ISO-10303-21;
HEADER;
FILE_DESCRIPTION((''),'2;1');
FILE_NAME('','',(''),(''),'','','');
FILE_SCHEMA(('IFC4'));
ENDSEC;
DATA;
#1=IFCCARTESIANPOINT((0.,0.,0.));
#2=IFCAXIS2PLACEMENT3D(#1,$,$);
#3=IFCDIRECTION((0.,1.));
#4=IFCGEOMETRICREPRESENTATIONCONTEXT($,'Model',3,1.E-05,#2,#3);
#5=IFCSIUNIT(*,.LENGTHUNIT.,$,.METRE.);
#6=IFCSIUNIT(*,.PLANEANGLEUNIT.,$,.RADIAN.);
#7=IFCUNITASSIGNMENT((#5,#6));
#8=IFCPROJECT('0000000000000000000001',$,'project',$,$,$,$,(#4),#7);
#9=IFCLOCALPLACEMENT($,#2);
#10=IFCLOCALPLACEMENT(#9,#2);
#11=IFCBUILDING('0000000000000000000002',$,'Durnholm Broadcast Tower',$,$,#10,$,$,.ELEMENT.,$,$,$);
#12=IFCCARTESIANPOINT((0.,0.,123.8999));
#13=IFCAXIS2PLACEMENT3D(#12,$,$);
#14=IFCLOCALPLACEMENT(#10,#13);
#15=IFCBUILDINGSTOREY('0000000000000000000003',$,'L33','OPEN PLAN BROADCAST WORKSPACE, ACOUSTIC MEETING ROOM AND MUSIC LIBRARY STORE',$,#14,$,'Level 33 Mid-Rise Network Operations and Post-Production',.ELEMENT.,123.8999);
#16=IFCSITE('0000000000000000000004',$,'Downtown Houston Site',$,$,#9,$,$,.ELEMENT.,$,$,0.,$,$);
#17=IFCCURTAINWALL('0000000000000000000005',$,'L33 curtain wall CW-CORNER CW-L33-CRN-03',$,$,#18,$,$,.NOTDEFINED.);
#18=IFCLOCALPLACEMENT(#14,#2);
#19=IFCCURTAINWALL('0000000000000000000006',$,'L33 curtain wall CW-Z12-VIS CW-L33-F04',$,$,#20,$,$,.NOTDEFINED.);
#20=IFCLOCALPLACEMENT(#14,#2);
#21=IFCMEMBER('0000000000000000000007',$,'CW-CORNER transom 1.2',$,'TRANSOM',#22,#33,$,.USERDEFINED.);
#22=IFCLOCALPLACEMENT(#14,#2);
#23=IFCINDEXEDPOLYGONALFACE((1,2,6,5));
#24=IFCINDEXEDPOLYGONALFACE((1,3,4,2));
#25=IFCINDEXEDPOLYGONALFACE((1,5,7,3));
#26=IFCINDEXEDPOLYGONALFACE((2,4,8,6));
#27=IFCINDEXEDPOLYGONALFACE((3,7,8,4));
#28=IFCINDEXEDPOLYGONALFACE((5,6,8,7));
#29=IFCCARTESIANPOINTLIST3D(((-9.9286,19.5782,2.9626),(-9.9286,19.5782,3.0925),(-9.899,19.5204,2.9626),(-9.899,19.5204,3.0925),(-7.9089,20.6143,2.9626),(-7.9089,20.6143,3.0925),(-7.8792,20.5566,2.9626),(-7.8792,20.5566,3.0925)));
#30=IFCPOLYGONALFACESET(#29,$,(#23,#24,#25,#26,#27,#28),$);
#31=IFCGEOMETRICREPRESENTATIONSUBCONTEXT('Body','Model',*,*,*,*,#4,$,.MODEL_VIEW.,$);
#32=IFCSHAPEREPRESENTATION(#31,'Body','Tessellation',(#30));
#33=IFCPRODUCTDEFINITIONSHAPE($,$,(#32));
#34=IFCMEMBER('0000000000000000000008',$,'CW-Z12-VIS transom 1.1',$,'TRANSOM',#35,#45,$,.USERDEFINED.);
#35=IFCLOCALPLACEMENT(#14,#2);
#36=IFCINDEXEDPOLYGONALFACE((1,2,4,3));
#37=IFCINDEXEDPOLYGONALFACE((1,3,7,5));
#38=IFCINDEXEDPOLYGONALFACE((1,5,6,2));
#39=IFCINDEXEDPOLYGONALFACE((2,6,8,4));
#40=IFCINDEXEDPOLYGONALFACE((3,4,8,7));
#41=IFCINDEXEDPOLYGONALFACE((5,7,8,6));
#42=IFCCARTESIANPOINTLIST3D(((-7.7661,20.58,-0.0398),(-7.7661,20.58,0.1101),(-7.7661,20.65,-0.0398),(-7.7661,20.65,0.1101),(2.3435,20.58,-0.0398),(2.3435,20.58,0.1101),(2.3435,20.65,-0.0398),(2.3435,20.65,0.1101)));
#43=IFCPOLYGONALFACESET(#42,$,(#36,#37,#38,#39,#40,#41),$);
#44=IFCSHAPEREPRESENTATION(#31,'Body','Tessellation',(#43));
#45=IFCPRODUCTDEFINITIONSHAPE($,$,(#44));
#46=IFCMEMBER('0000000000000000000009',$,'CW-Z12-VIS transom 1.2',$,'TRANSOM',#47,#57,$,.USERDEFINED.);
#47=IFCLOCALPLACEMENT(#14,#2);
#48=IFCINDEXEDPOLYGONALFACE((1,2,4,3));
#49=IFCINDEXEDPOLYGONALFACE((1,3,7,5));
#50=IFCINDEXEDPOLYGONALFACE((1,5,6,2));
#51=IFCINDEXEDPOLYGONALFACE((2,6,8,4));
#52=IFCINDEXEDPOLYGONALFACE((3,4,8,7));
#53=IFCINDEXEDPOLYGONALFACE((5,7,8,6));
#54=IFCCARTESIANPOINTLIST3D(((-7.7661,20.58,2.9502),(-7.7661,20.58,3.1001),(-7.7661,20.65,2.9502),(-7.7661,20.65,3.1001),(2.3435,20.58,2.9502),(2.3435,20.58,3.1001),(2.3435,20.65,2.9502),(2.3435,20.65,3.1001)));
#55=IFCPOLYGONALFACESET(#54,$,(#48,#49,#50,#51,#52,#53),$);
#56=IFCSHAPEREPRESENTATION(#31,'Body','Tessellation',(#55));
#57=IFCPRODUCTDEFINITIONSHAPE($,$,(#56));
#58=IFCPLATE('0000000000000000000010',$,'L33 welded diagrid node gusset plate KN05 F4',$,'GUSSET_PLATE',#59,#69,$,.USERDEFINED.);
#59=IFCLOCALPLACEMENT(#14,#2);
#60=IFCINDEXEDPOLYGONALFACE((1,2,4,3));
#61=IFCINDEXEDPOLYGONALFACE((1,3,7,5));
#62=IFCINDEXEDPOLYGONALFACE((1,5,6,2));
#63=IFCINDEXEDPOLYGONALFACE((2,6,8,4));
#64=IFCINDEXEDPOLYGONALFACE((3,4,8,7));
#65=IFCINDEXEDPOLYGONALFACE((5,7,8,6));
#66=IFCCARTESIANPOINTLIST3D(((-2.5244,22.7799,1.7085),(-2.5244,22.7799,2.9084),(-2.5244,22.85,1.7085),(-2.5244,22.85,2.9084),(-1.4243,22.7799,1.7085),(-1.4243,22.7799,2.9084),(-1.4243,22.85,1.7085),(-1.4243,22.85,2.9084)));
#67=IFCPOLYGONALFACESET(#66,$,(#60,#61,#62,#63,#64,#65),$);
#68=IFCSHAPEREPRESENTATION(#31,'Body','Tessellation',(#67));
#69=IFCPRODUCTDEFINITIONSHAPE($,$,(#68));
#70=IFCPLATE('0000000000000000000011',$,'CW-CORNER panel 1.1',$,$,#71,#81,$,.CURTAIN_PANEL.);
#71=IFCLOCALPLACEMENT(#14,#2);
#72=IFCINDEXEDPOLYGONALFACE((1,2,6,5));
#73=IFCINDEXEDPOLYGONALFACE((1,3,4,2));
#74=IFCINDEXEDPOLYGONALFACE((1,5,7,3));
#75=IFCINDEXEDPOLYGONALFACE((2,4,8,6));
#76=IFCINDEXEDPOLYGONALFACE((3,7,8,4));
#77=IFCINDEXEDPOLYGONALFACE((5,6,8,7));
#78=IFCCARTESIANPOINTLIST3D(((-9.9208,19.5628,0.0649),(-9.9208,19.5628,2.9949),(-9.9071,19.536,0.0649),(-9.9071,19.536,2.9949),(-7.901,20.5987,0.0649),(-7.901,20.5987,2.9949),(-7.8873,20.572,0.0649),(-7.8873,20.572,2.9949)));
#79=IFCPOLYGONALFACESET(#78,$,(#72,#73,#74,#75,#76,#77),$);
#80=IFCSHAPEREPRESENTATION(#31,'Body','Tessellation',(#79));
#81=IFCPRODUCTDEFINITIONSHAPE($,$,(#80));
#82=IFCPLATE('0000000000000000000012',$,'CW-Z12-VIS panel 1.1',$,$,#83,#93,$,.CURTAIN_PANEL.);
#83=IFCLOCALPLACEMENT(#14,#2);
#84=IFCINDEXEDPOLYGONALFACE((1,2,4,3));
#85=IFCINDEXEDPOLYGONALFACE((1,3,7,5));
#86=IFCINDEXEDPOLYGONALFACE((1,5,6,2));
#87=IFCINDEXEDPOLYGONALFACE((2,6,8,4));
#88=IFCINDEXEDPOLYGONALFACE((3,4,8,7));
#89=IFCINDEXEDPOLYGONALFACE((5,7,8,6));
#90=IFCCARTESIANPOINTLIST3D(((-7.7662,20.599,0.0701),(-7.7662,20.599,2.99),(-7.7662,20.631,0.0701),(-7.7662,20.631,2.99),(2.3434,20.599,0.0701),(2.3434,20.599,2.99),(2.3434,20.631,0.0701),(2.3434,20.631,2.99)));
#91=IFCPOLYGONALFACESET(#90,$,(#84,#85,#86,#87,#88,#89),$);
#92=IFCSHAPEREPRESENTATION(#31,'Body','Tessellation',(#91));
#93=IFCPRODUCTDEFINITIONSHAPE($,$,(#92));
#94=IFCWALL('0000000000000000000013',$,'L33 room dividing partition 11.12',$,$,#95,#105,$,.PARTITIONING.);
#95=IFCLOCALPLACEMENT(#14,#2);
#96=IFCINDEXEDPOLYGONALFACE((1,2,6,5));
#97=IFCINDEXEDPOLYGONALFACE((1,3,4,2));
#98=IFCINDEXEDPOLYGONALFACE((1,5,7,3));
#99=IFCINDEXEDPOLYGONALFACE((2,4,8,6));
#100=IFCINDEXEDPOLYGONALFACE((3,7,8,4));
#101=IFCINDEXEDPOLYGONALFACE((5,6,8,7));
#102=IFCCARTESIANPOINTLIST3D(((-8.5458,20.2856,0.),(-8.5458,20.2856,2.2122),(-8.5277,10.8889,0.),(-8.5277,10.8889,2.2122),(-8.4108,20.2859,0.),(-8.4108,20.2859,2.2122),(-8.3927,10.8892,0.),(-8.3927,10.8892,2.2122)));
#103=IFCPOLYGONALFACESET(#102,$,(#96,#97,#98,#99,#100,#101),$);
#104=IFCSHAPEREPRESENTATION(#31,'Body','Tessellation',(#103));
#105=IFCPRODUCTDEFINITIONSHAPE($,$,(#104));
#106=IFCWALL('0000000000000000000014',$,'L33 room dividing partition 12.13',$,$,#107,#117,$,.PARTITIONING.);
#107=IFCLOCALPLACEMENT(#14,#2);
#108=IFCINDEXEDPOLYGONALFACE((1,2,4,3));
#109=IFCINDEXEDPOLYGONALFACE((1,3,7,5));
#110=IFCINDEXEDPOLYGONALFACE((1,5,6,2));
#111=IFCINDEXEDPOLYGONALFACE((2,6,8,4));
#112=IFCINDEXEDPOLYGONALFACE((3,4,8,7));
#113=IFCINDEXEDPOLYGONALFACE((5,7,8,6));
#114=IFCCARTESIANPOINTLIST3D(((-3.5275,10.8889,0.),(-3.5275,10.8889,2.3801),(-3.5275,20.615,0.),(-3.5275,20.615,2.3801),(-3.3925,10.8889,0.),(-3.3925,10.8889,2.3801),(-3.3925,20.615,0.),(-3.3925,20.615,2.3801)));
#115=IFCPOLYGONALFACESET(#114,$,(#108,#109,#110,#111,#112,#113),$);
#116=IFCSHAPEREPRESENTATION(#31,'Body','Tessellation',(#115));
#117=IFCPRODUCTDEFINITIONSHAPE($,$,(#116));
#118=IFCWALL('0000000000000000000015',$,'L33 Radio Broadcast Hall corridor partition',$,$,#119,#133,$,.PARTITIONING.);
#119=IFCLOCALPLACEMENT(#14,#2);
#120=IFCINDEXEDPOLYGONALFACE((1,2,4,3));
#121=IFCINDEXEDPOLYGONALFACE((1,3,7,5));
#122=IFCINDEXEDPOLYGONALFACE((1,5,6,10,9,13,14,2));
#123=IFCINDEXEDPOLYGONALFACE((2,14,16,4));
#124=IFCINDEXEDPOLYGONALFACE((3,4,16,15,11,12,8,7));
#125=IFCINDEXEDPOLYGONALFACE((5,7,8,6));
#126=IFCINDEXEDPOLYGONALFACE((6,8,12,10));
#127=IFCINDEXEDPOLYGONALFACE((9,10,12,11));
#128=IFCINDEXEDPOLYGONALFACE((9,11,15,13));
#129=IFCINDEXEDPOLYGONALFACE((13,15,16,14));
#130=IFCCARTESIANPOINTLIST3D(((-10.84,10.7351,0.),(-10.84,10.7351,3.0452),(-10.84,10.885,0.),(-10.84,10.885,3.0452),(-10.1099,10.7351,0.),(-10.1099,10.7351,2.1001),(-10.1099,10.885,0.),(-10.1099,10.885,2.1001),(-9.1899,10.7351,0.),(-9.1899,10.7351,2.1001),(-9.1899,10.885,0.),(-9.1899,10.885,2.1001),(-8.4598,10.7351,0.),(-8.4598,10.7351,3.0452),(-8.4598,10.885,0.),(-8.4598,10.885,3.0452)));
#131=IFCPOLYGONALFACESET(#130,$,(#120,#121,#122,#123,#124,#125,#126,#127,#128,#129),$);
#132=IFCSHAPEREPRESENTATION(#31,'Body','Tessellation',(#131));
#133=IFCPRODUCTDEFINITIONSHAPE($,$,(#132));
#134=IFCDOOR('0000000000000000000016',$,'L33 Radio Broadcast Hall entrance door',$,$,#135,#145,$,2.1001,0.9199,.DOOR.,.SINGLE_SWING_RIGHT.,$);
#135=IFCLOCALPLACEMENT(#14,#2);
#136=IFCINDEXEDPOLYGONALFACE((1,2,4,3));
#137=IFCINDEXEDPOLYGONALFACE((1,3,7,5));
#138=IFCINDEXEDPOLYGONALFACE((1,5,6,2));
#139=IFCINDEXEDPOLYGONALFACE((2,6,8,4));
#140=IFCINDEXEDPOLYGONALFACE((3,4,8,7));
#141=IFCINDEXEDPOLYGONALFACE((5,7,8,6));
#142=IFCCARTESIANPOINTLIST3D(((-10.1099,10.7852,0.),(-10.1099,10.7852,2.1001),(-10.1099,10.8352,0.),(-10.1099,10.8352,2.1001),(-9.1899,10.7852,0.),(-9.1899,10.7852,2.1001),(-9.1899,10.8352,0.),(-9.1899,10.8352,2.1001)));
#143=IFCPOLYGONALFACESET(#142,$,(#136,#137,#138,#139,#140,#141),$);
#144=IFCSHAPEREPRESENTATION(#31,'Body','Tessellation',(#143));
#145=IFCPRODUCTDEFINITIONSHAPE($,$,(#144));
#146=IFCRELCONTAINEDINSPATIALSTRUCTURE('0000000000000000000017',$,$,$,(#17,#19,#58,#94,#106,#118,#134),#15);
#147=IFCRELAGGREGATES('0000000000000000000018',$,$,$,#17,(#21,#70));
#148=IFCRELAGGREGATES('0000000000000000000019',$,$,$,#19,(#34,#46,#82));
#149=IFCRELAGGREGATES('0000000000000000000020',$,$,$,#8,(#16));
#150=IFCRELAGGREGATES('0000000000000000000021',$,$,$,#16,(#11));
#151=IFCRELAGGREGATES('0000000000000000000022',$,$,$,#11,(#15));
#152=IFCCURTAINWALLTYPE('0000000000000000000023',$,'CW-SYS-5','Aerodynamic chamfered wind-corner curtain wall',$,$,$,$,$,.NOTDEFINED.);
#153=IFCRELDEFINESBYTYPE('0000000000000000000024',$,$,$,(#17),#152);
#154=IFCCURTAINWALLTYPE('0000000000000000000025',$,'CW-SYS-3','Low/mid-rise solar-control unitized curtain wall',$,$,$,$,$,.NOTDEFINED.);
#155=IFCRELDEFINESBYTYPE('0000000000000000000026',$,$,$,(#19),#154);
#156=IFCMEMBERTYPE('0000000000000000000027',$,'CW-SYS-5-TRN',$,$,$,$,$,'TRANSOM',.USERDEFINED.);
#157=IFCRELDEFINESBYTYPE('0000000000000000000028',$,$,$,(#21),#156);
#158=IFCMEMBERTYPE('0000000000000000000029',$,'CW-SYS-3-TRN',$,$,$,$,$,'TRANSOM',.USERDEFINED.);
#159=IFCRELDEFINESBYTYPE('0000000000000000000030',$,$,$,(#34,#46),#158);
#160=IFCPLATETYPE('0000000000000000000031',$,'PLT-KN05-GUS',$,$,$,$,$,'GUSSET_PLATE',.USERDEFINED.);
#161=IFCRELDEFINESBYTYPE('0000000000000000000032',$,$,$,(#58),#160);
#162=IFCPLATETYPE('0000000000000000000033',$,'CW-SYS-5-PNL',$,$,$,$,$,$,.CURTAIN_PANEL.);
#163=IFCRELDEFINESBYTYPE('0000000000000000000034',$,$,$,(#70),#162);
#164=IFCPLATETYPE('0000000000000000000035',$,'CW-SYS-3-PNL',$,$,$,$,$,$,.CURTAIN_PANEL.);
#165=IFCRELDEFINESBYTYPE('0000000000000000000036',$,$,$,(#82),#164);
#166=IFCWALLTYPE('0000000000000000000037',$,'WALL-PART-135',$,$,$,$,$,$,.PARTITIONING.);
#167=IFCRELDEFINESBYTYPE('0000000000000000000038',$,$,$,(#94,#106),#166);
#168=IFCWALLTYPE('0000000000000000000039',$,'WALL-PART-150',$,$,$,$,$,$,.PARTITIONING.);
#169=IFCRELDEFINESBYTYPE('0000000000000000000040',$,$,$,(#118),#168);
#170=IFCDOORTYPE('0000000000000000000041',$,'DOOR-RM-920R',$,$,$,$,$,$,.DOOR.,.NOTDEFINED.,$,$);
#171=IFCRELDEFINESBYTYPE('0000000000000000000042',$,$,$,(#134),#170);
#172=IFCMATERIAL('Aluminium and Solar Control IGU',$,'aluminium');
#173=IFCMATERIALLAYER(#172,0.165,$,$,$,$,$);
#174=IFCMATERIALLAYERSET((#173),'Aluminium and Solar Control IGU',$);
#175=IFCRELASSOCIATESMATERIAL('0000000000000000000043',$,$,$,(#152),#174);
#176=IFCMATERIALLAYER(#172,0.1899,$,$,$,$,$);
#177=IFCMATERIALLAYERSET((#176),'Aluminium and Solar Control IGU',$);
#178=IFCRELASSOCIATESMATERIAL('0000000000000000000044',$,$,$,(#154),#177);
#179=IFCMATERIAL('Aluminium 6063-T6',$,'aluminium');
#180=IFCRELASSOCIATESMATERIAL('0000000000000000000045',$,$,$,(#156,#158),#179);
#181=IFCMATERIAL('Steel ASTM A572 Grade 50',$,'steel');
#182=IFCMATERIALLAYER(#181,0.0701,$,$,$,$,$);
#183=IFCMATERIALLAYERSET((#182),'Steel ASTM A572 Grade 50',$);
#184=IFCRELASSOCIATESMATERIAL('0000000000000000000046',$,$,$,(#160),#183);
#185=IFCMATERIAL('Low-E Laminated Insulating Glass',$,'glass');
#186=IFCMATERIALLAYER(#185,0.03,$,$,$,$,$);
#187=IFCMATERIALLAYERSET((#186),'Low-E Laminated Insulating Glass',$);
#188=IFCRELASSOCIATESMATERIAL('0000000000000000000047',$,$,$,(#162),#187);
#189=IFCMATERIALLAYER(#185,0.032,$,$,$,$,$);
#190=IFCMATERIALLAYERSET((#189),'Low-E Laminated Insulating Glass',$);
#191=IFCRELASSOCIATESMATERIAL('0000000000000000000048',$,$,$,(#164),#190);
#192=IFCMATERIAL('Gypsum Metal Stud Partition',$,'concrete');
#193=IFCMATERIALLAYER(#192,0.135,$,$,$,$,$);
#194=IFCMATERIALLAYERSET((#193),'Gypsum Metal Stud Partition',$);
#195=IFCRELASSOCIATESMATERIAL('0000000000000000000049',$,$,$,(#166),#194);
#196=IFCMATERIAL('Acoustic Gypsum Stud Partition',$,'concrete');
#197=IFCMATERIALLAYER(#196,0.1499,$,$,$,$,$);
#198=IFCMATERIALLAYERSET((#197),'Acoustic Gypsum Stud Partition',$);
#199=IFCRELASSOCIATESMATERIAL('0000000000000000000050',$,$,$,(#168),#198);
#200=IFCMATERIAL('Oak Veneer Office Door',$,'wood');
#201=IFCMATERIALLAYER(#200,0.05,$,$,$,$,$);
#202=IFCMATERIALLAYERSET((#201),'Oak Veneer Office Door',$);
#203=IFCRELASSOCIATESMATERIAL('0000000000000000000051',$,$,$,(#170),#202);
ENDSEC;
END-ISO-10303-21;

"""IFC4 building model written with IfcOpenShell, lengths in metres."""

from ifc_helpers import new_model, si_unit, direction, frame, frame_2d, origin, origin_2d, place, context, subcontext, project, spatial, rectangle, extrude, source, transform, mapped, material, layer, layer_set, material_profile, profile_set, type_object, type_shapes, element, fill, aggregate, save


model = new_model("IFC4")

# Units and contexts
model_context = context("Model", 3, precision=1e-05, world=origin(), true_north=direction((0.0, 1.0)))
body_context = subcontext(model_context, "Body", "Model", "MODEL_VIEW")
ifc_project = project(units=[si_unit("LENGTHUNIT", "METRE"), si_unit("PLANEANGLEUNIT", "RADIAN")], contexts=[model_context])

# Site, building, storey
site_placement = place(None, origin())
site = spatial("IfcSite", under=ifc_project, at=site_placement, Name="Downtown Houston Site", CompositionType="ELEMENT", RefElevation=0.0)
building_placement = place(site_placement, origin())
building = spatial("IfcBuilding", under=site, at=building_placement, Name="Durnholm Broadcast Tower", CompositionType="ELEMENT")
storey_placement = place(building_placement, frame((0.0, 0.0, 123.8999)))
storey = spatial("IfcBuildingStorey", under=building, at=storey_placement, Name="L33", Description="OPEN PLAN BROADCAST WORKSPACE, ACOUSTIC MEETING ROOM AND MUSIC LIBRARY STORE", LongName="Level 33 Mid-Rise Network Operations and Post-Production", CompositionType="ELEMENT", Elevation=123.8999)

# Curtain walls
ifc_material_1 = material(Name="Aluminium and Solar Control IGU", Category="aluminium")
ifc_layer_1 = layer(ifc_material_1, 0.165)
ifc_layer_set_1 = layer_set([ifc_layer_1], Name="Aluminium and Solar Control IGU")
curtain_wall_type_1 = type_object("IfcCurtainWallType", Name="CW-SYS-5", Description="Aerodynamic chamfered wind-corner curtain wall", PredefinedType="NOTDEFINED", material=ifc_layer_set_1)
curtain_wall_1_placement = place(storey_placement, origin())
curtain_wall_1 = element("IfcCurtainWall", 1, at=curtain_wall_1_placement, inside=storey, type_object=curtain_wall_type_1, Name="L33 curtain wall CW-CORNER CW-L33-CRN-03", PredefinedType="NOTDEFINED")
ifc_material_2 = material(Name="Aluminium 6063-T6", Category="aluminium")
ifc_layer_2 = layer(ifc_material_1, 0.1899)
ifc_layer_set_2 = layer_set([ifc_layer_2], Name="Aluminium and Solar Control IGU")
curtain_wall_type_2 = type_object("IfcCurtainWallType", Name="CW-SYS-3", Description="Low/mid-rise solar-control unitized curtain wall", PredefinedType="NOTDEFINED", material=ifc_layer_set_2)
curtain_wall_2_placement = place(storey_placement, origin())
curtain_wall_2 = element("IfcCurtainWall", 2, at=curtain_wall_2_placement, inside=storey, type_object=curtain_wall_type_2, Name="L33 curtain wall CW-Z12-VIS CW-L33-F04", PredefinedType="NOTDEFINED")

# Members
ifc_material_profile_1 = material_profile(ifc_material_2, rectangle(XDim=0.0649, YDim=0.1299, at=origin_2d()), Name="CWT65X130")
ifc_profile_set_1 = profile_set([ifc_material_profile_1], Name="Aluminium 6063-T6")
member_type_1 = type_object("IfcMemberType", Name="CW-SYS-5-TRN", ElementType="TRANSOM", PredefinedType="USERDEFINED", material=ifc_profile_set_1)
shared_shape_1 = source(origin(), body_context, "Body", "SweptSolid", [
    extrude(rectangle(XDim=0.0649, YDim=0.1299, at=origin_2d()), origin(), (0.0, 0.0, 1.0), 2.27),
])
type_shapes(member_type_1, [shared_shape_1])
member_1_placement = place(storey_placement, frame((-9.9138, 19.5493, 3.0276), z_axis=(0.889755, 0.456439, 0.0), x_axis=(-0.456439, 0.889755, 0.0)))
member_1 = element("IfcMember", 3, at=member_1_placement, type_object=member_type_1, Name="CW-CORNER transom 1.2", ObjectType="TRANSOM", PredefinedType="USERDEFINED", context=body_context, shape_type="MappedRepresentation", body=[
    mapped(shared_shape_1, transform((0.0, 0.0, 0.0), x_axis=(1.0, 0.0, 0.0), y_axis=(0.0, 1.0, 0.0), z_axis=(0.0, 0.0, 1.0), scale=1.0)),
])
ifc_material_profile_2 = material_profile(ifc_material_2, rectangle(XDim=0.0701, YDim=0.1499, at=origin_2d()), Name="CWT70X150")
ifc_profile_set_2 = profile_set([ifc_material_profile_2], Name="Aluminium 6063-T6")
member_type_2 = type_object("IfcMemberType", Name="CW-SYS-3-TRN", ElementType="TRANSOM", PredefinedType="USERDEFINED", material=ifc_profile_set_2)
shared_shape_2 = source(origin(), body_context, "Body", "SweptSolid", [
    extrude(rectangle(XDim=0.0701, YDim=0.1499, at=origin_2d()), origin(), (0.0, 0.0, 1.0), 10.1096),
])
type_shapes(member_type_2, [shared_shape_2])
member_2_placement = place(storey_placement, frame((-7.7661, 20.615, 0.0352), z_axis=(1.0, 0.0, 0.0), x_axis=(0.0, 1.0, 0.0)))
member_2 = element("IfcMember", 4, at=member_2_placement, type_object=member_type_2, Name="CW-Z12-VIS transom 1.1", ObjectType="TRANSOM", PredefinedType="USERDEFINED", context=body_context, shape_type="MappedRepresentation", body=[
    mapped(shared_shape_2, transform((0.0, 0.0, 0.0), x_axis=(1.0, 0.0, 0.0), y_axis=(0.0, 1.0, 0.0), z_axis=(0.0, 0.0, 1.0), scale=1.0)),
])
member_3_placement = place(storey_placement, frame((-7.7661, 20.615, 3.0251), z_axis=(1.0, 0.0, 0.0), x_axis=(0.0, 1.0, 0.0)))
member_3 = element("IfcMember", 5, at=member_3_placement, type_object=member_type_2, Name="CW-Z12-VIS transom 1.2", ObjectType="TRANSOM", PredefinedType="USERDEFINED", context=body_context, shape_type="MappedRepresentation", body=[
    mapped(shared_shape_2, transform((0.0, 0.0, 0.0), x_axis=(1.0, 0.0, 0.0), y_axis=(0.0, 1.0, 0.0), z_axis=(0.0, 0.0, 1.0), scale=1.0)),
])

# Plates
ifc_material_3 = material(Name="Steel ASTM A572 Grade 50", Category="steel")
ifc_layer_3 = layer(ifc_material_3, 0.0701)
ifc_layer_set_3 = layer_set([ifc_layer_3], Name="Steel ASTM A572 Grade 50")
plate_type_1 = type_object("IfcPlateType", Name="PLT-KN05-GUS", ElementType="GUSSET_PLATE", PredefinedType="USERDEFINED", material=ifc_layer_set_3)
shared_shape_3 = source(origin(), body_context, "Body", "SweptSolid", [
    extrude(rectangle(XDim=1.1001, YDim=0.0701, at=origin_2d()), origin(), (0.0, 0.0, 1.0), 1.2),
])
type_shapes(plate_type_1, [shared_shape_3])
plate_1_placement = place(storey_placement, frame((-1.9744, 22.8149, 1.7085), z_axis=(0.0, 0.0, 1.0), x_axis=(-1.0, 0.0, 0.0)))
element("IfcPlate", 6, at=plate_1_placement, inside=storey, type_object=plate_type_1, Name="L33 welded diagrid node gusset plate KN05 F4", ObjectType="GUSSET_PLATE", PredefinedType="USERDEFINED", context=body_context, shape_type="MappedRepresentation", body=[
    mapped(shared_shape_3, transform((0.0, 0.0, 0.0), x_axis=(1.0, 0.0, 0.0), y_axis=(0.0, 1.0, 0.0), z_axis=(0.0, 0.0, 1.0), scale=1.0)),
])
ifc_material_4 = material(Name="Low-E Laminated Insulating Glass", Category="glass")
ifc_layer_4 = layer(ifc_material_4, 0.03)
ifc_layer_set_4 = layer_set([ifc_layer_4], Name="Low-E Laminated Insulating Glass")
plate_type_2 = type_object("IfcPlateType", Name="CW-SYS-5-PNL", PredefinedType="CURTAIN_PANEL", material=ifc_layer_set_4)
shared_shape_4 = source(origin(), body_context, "Body", "SweptSolid", [
    extrude(rectangle(XDim=2.27, YDim=0.03, at=origin_2d()), origin(), (0.0, 0.0, 1.0), 2.9299),
])
type_shapes(plate_type_2, [shared_shape_4])
plate_2_placement = place(storey_placement, frame((-8.9041, 20.0674, 0.0649), z_axis=(0.0, 0.0, 1.0), x_axis=(0.889788, 0.456373, 0.0)))
plate_2 = element("IfcPlate", 7, at=plate_2_placement, type_object=plate_type_2, Name="CW-CORNER panel 1.1", PredefinedType="CURTAIN_PANEL", context=body_context, shape_type="MappedRepresentation", body=[
    mapped(shared_shape_4, transform((0.0, 0.0, 0.0), x_axis=(1.0, 0.0, 0.0), y_axis=(0.0, 1.0, 0.0), z_axis=(0.0, 0.0, 1.0), scale=1.0)),
])
aggregate(curtain_wall_1, [member_1, plate_2])
ifc_layer_5 = layer(ifc_material_4, 0.032)
ifc_layer_set_5 = layer_set([ifc_layer_5], Name="Low-E Laminated Insulating Glass")
plate_type_3 = type_object("IfcPlateType", Name="CW-SYS-3-PNL", PredefinedType="CURTAIN_PANEL", material=ifc_layer_set_5)
shared_shape_5 = source(origin(), body_context, "Body", "SweptSolid", [
    extrude(rectangle(XDim=10.1096, YDim=0.032, at=origin_2d()), origin(), (0.0, 0.0, 1.0), 2.9199),
])
type_shapes(plate_type_3, [shared_shape_5])
plate_3_placement = place(storey_placement, frame((-2.7114, 20.615, 0.0701), z_axis=(0.0, 0.0, 1.0), x_axis=(1.0, 0.0, 0.0)))
plate_3 = element("IfcPlate", 8, at=plate_3_placement, type_object=plate_type_3, Name="CW-Z12-VIS panel 1.1", PredefinedType="CURTAIN_PANEL", context=body_context, shape_type="MappedRepresentation", body=[
    mapped(shared_shape_5, transform((0.0, 0.0, 0.0), x_axis=(1.0, 0.0, 0.0), y_axis=(0.0, 1.0, 0.0), z_axis=(0.0, 0.0, 1.0), scale=1.0)),
])
aggregate(curtain_wall_2, [member_2, member_3, plate_3])

# Walls
ifc_material_5 = material(Name="Gypsum Metal Stud Partition", Category="concrete")
ifc_layer_6 = layer(ifc_material_5, 0.135)
ifc_layer_set_6 = layer_set([ifc_layer_6], Name="Gypsum Metal Stud Partition")
wall_type_1 = type_object("IfcWallType", Name="WALL-PART-135", PredefinedType="PARTITIONING", material=ifc_layer_set_6)
wall_1_placement = place(storey_placement, frame((-8.4783, 20.2856, 0.0), z_axis=(0.0, 0.0, 1.0), x_axis=(0.001923, -0.999998, 0.0)))
element("IfcWall", 9, at=wall_1_placement, inside=storey, type_object=wall_type_1, Name="L33 room dividing partition 11.12", PredefinedType="PARTITIONING", context=body_context, shape_type="SweptSolid", body=[
    extrude(rectangle(XDim=9.3967, YDim=0.135, at=frame_2d((4.6982, 0.0))), origin(), (0.0, 0.0, 1.0), 2.2122),
])
wall_2_placement = place(storey_placement, frame((-3.46, 20.615, 0.0), z_axis=(0.0, 0.0, 1.0), x_axis=(0.0, -1.0, 0.0)))
element("IfcWall", 10, at=wall_2_placement, inside=storey, type_object=wall_type_1, Name="L33 room dividing partition 12.13", PredefinedType="PARTITIONING", context=body_context, shape_type="SweptSolid", body=[
    extrude(rectangle(XDim=9.7261, YDim=0.135, at=frame_2d((4.863, 0.0))), origin(), (0.0, 0.0, 1.0), 2.3801),
])

# Wall, opening, door
ifc_material_6 = material(Name="Acoustic Gypsum Stud Partition", Category="concrete")
ifc_layer_7 = layer(ifc_material_6, 0.1499)
ifc_layer_set_7 = layer_set([ifc_layer_7], Name="Acoustic Gypsum Stud Partition")
wall_type_2 = type_object("IfcWallType", Name="WALL-PART-150", PredefinedType="PARTITIONING", material=ifc_layer_set_7)
wall_3_placement = place(storey_placement, frame((-8.46, 10.8101, 0.0), z_axis=(0.0, 0.0, 1.0), x_axis=(-1.0, 0.0, 0.0)))
wall_3 = element("IfcWall", 11, at=wall_3_placement, inside=storey, type_object=wall_type_2, Name="L33 Radio Broadcast Hall corridor partition", PredefinedType="PARTITIONING", context=body_context, shape_type="SweptSolid", body=[
    extrude(rectangle(XDim=2.3801, YDim=0.1499, at=frame_2d((1.1899, 0.0))), origin(), (0.0, 0.0, 1.0), 3.0452),
])
opening_1_placement = place(wall_3_placement, frame((0.73, 0.0, 0.0)))
opening_1 = element("IfcOpeningElement", 12, at=opening_1_placement, cuts=wall_3, PredefinedType="OPENING", context=body_context, shape_type="SweptSolid", body=[
    extrude(rectangle(XDim=0.9199, YDim=2.1001, at=frame_2d((0.46, 1.05))), frame((0.0, 0.085, 0.0), z_axis=(0.0, -1.0, 0.0), x_axis=(1.0, 0.0, 0.0)), (0.0, 0.0, 1.0), 0.1699),
])
ifc_material_7 = material(Name="Oak Veneer Office Door", Category="wood")
ifc_layer_8 = layer(ifc_material_7, 0.05)
ifc_layer_set_8 = layer_set([ifc_layer_8], Name="Oak Veneer Office Door")
door_type_1 = type_object("IfcDoorType", Name="DOOR-RM-920R", OperationType="NOTDEFINED", PredefinedType="DOOR", material=ifc_layer_set_8)
shared_shape_6 = source(origin(), body_context, "Body", "SweptSolid", [
    extrude(rectangle(XDim=0.9199, YDim=2.1001, at=frame_2d((0.46, 1.05))), frame((0.0, 0.0249, 0.0), z_axis=(0.0, -1.0, 0.0), x_axis=(1.0, 0.0, 0.0)), (0.0, 0.0, 1.0), 0.05),
])
type_shapes(door_type_1, [shared_shape_6])
door_1_placement = place(opening_1_placement, origin())
door_1 = element("IfcDoor", 13, at=door_1_placement, inside=storey, type_object=door_type_1, Name="L33 Radio Broadcast Hall entrance door", OperationType="SINGLE_SWING_RIGHT", OverallHeight=2.1001, OverallWidth=0.9199, PredefinedType="DOOR", context=body_context, shape_type="MappedRepresentation", body=[
    mapped(shared_shape_6, transform((0.0, 0.0, 0.0), x_axis=(1.0, 0.0, 0.0), y_axis=(0.0, 1.0, 0.0), z_axis=(0.0, 0.0, 1.0), scale=1.0)),
])
fill(opening_1, door_1)

save(model, "model.ifc")
